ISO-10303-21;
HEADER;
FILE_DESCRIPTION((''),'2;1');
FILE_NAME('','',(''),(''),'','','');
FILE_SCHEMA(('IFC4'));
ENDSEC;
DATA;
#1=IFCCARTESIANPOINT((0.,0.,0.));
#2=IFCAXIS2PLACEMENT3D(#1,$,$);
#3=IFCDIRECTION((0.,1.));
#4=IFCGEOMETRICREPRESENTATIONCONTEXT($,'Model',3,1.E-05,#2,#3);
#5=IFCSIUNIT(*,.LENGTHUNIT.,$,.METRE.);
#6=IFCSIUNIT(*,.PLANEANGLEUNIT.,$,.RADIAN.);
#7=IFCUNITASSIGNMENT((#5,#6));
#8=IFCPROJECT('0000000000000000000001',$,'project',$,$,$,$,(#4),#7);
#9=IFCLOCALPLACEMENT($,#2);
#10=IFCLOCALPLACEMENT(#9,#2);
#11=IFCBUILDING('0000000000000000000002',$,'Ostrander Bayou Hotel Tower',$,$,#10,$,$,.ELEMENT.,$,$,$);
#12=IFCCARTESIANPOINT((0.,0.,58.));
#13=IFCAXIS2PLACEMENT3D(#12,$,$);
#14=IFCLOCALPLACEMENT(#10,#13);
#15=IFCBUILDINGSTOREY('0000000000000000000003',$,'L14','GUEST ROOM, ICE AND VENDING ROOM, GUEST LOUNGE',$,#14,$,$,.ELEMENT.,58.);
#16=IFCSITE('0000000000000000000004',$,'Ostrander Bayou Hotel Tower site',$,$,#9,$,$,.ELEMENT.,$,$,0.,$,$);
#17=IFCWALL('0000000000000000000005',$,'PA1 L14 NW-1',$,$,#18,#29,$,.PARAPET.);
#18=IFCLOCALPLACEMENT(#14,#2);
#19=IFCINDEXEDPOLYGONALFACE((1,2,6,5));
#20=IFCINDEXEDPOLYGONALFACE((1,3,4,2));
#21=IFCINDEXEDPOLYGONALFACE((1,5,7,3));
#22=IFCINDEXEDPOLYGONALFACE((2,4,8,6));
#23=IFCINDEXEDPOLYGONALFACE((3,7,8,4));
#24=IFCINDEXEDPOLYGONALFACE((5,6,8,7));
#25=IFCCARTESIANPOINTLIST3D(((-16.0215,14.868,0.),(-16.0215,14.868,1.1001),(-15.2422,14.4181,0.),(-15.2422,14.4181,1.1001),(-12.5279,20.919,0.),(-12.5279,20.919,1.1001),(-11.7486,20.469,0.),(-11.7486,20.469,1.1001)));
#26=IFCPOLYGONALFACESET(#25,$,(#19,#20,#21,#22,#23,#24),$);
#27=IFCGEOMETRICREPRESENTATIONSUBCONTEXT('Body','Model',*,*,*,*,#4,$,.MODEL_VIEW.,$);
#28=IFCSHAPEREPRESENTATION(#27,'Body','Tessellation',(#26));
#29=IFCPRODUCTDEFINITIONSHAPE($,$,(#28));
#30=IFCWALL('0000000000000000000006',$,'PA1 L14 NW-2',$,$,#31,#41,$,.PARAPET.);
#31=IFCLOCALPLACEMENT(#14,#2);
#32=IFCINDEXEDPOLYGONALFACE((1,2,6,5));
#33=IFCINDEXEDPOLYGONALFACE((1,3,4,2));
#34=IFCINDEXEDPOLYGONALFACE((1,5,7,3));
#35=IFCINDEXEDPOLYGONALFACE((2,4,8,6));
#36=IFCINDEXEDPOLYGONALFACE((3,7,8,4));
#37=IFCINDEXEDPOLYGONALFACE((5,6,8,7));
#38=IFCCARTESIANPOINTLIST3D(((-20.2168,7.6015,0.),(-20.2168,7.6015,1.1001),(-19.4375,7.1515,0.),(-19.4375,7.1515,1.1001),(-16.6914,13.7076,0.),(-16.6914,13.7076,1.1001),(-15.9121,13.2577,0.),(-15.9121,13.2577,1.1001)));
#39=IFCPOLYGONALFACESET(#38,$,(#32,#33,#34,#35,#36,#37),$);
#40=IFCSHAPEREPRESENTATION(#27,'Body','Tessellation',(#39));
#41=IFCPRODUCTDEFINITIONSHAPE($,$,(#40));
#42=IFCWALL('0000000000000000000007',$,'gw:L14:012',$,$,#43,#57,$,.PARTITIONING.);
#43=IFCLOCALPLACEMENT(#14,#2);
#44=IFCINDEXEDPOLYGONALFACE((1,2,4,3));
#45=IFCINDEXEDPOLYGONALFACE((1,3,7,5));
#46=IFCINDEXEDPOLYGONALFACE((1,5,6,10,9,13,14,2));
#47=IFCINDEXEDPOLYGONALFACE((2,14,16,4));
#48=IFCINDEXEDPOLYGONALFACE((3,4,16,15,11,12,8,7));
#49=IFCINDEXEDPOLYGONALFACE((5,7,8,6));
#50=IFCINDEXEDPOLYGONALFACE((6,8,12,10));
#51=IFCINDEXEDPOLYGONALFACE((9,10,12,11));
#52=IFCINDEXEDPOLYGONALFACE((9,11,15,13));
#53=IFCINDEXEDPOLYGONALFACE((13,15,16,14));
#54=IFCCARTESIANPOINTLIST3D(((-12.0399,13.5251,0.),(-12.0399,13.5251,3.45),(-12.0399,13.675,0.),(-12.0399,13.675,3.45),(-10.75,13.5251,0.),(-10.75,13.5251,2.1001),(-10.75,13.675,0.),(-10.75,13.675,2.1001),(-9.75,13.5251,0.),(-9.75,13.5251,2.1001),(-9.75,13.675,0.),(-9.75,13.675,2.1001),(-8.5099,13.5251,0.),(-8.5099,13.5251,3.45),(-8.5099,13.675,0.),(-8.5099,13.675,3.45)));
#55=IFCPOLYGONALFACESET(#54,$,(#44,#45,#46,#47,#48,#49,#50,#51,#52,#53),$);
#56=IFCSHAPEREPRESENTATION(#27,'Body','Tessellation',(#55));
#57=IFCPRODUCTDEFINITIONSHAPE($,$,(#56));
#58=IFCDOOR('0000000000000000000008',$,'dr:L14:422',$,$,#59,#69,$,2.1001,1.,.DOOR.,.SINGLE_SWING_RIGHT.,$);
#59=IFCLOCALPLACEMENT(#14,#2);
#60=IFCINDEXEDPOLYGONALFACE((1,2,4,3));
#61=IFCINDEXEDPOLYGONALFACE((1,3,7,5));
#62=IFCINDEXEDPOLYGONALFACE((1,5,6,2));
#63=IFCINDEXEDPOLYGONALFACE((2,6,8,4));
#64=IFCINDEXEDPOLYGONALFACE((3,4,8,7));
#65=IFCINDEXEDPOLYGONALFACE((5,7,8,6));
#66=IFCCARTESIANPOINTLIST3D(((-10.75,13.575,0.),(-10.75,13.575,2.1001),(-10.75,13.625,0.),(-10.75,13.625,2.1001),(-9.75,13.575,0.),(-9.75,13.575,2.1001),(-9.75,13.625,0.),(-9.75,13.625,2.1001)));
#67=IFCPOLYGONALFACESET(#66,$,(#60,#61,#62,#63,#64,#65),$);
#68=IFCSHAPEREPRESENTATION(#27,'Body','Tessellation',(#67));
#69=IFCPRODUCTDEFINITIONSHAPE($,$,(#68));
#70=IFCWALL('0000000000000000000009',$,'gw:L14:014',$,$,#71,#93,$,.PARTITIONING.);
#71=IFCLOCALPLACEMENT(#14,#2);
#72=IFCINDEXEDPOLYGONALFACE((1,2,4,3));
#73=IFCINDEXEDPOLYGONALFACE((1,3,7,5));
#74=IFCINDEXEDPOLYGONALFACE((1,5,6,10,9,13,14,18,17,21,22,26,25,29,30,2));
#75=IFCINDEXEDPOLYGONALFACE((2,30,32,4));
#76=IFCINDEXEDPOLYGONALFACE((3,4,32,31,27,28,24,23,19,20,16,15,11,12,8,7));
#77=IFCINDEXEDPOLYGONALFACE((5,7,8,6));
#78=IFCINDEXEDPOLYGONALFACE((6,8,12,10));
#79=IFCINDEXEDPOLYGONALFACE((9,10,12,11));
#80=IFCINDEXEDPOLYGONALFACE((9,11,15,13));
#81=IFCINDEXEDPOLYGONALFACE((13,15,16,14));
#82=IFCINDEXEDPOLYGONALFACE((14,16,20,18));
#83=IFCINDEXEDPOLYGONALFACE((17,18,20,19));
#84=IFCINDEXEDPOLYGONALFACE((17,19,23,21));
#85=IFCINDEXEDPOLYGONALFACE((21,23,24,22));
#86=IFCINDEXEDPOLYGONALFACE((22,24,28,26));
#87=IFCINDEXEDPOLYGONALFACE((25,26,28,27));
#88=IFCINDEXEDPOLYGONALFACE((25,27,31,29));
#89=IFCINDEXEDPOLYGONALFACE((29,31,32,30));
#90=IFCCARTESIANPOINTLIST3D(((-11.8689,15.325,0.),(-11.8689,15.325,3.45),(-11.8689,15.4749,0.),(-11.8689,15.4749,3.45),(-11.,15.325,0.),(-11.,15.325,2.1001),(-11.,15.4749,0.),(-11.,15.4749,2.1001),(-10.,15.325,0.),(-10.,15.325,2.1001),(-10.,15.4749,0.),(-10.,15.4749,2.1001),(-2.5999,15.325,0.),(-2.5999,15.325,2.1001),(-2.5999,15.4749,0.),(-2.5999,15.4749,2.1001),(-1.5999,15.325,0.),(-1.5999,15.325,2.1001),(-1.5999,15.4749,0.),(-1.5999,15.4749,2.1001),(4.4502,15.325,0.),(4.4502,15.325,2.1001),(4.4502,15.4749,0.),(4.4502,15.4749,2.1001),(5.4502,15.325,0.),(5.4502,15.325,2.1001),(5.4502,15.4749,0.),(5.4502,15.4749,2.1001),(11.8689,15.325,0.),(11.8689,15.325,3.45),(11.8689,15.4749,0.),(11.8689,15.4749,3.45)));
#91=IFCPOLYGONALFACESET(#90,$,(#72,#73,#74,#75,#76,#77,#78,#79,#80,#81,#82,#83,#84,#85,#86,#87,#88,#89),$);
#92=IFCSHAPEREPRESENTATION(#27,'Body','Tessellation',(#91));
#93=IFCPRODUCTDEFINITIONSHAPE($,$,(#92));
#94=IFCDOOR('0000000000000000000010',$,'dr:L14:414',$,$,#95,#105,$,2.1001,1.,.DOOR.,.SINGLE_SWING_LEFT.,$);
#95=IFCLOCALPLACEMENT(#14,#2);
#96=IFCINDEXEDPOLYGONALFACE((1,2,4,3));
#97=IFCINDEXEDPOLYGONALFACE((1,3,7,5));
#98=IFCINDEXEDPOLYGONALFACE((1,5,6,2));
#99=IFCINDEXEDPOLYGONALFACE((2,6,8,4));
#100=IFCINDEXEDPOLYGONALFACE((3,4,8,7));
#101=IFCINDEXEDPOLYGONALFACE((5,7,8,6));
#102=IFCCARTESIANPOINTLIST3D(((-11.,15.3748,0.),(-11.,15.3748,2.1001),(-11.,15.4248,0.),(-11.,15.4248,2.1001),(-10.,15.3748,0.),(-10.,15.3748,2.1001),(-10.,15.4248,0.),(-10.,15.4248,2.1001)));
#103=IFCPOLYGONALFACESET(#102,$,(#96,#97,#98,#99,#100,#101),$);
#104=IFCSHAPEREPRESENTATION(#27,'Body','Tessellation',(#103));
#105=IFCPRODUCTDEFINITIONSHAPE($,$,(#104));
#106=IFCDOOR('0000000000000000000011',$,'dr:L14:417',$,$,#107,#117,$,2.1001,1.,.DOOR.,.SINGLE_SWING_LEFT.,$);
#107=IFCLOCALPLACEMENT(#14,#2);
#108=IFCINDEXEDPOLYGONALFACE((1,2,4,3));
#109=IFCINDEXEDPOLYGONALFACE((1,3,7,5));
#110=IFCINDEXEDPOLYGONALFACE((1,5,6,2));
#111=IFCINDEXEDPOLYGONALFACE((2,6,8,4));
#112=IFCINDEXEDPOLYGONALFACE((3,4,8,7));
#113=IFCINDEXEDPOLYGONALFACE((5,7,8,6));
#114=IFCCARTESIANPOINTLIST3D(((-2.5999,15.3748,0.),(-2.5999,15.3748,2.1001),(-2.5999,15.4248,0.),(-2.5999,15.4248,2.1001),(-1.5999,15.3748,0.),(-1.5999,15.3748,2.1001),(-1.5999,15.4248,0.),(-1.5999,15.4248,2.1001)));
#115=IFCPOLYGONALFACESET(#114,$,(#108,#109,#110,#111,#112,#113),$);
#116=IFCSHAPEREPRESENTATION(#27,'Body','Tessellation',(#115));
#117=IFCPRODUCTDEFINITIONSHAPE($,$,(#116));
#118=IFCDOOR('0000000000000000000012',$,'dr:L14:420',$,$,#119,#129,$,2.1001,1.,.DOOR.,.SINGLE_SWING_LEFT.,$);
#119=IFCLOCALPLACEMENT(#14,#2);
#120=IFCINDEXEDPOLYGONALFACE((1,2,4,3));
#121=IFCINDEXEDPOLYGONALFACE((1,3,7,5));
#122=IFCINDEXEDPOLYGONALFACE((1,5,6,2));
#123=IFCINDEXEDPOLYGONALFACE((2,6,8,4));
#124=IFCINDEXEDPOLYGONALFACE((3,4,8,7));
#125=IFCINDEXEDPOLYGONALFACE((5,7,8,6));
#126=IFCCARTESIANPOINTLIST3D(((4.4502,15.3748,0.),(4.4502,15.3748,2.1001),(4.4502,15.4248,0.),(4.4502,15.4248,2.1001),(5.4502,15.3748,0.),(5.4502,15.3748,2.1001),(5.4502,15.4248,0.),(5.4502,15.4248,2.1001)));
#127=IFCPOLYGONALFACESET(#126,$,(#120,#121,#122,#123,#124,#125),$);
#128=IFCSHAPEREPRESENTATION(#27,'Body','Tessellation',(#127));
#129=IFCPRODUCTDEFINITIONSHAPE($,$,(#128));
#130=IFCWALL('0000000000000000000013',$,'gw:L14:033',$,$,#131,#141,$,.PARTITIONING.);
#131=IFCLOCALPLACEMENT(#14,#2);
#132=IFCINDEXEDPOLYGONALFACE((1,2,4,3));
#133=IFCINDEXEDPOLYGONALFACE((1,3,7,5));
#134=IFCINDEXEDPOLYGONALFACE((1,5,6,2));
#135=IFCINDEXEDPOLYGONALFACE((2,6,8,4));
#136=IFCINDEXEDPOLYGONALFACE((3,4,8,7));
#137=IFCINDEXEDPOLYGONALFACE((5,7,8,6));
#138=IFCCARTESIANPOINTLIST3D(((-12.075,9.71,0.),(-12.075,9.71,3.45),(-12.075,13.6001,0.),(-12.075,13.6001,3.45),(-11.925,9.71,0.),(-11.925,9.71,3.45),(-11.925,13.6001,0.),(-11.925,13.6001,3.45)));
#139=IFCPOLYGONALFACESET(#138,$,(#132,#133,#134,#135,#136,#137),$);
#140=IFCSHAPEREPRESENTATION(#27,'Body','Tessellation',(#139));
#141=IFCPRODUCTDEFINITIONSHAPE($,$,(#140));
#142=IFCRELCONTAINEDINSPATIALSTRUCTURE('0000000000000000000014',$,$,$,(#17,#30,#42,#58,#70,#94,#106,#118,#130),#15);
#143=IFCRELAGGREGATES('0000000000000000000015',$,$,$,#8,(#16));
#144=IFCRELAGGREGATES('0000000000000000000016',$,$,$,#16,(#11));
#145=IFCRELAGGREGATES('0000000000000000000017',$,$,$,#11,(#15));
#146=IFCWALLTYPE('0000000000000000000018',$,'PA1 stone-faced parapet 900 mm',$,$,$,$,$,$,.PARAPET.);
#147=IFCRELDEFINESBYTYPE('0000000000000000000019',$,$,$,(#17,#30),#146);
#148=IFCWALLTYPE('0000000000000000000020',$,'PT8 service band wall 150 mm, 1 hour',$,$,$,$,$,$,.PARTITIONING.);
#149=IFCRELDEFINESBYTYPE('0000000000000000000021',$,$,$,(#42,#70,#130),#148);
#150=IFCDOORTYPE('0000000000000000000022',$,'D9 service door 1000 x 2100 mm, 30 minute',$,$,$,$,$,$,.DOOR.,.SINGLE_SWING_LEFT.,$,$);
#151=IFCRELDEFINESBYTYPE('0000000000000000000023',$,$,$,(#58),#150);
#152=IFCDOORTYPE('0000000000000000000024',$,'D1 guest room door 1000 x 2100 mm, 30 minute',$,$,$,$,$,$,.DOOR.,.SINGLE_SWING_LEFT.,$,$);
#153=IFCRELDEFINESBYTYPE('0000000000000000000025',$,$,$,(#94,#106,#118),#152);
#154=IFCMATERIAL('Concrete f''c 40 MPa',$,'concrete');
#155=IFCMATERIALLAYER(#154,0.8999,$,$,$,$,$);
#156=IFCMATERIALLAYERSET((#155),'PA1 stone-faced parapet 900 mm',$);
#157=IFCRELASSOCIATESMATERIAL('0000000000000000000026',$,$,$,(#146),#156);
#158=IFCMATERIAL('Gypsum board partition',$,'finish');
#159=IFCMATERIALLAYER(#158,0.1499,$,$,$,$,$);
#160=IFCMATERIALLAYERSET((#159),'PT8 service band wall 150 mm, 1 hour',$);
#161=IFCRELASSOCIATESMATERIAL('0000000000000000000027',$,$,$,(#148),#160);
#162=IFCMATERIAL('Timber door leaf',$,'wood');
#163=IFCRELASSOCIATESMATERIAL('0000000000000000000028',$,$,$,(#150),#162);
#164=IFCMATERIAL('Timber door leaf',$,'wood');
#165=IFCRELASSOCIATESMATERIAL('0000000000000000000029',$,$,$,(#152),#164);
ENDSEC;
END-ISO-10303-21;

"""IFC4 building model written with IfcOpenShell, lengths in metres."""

from ifc_helpers import new_model, si_unit, direction, frame, frame_2d, origin, place, context, subcontext, project, spatial, rectangle, extrude, material, layer, layer_set, type_object, element, fill, save


model = new_model("IFC4")

# Units and contexts
model_context = context("Model", 3, precision=1e-05, world=origin(), true_north=direction((0.0, 1.0)))
body_context = subcontext(model_context, "Body", "Model", "MODEL_VIEW")
ifc_project = project(units=[si_unit("LENGTHUNIT", "METRE"), si_unit("PLANEANGLEUNIT", "RADIAN")], contexts=[model_context])

# Site, building, storey
site_placement = place(None, origin())
site = spatial("IfcSite", under=ifc_project, at=site_placement, Name="Ostrander Bayou Hotel Tower site", CompositionType="ELEMENT", RefElevation=0.0)
building_placement = place(site_placement, origin())
building = spatial("IfcBuilding", under=site, at=building_placement, Name="Ostrander Bayou Hotel Tower", CompositionType="ELEMENT")
storey_placement = place(building_placement, frame((0.0, 0.0, 58.0)))
storey = spatial("IfcBuildingStorey", under=building, at=storey_placement, Name="L14", Description="GUEST ROOM, ICE AND VENDING ROOM, GUEST LOUNGE", CompositionType="ELEMENT", Elevation=58.0)

# Walls
ifc_material_1 = material(Name="Concrete f'c 40 MPa", Category="concrete")
ifc_layer_1 = layer(ifc_material_1, 0.8999)
ifc_layer_set_1 = layer_set([ifc_layer_1], Name="PA1 stone-faced parapet 900 mm")
wall_type_1 = type_object("IfcWallType", Name="PA1 stone-faced parapet 900 mm", PredefinedType="PARAPET", material=ifc_layer_set_1)
wall_1_placement = place(storey_placement, frame((-12.1382, 20.6941, 0.0), z_axis=(0.0, 0.0, 1.0), x_axis=(-0.50001, -0.86602, 0.0)))
element("IfcWall", 1, at=wall_1_placement, inside=storey, type_object=wall_type_1, Name="PA1 L14 NW-1", PredefinedType="PARAPET", context=body_context, shape_type="SweptSolid", body=[
    extrude(rectangle(XDim=6.9871, YDim=0.8999, at=frame_2d((3.4937, 0.0))), origin(), (0.0, 0.0, 1.0), 1.1001),
])
wall_2_placement = place(storey_placement, frame((-16.3018, 13.4827, 0.0), z_axis=(0.0, 0.0, 1.0), x_axis=(-0.499997, -0.866027, 0.0)))
element("IfcWall", 2, at=wall_2_placement, inside=storey, type_object=wall_type_1, Name="PA1 L14 NW-2", PredefinedType="PARAPET", context=body_context, shape_type="SweptSolid", body=[
    extrude(rectangle(XDim=7.0508, YDim=0.8999, at=frame_2d((3.5254, 0.0))), origin(), (0.0, 0.0, 1.0), 1.1001),
])

# Wall, opening, door
ifc_material_2 = material(Name="Gypsum board partition", Category="finish")
ifc_layer_2 = layer(ifc_material_2, 0.1499)
ifc_layer_set_2 = layer_set([ifc_layer_2], Name="PT8 service band wall 150 mm, 1 hour")
wall_type_2 = type_object("IfcWallType", Name="PT8 service band wall 150 mm, 1 hour", PredefinedType="PARTITIONING", material=ifc_layer_set_2)
wall_3_placement = place(storey_placement, frame((-12.04, 13.6001, 0.0), z_axis=(0.0, 0.0, 1.0), x_axis=(1.0, 0.0, 0.0)))
wall_3 = element("IfcWall", 3, at=wall_3_placement, inside=storey, type_object=wall_type_2, Name="gw:L14:012", PredefinedType="PARTITIONING", context=body_context, shape_type="SweptSolid", body=[
    extrude(rectangle(XDim=3.53, YDim=0.1499, at=frame_2d((1.7651, 0.0))), origin(), (0.0, 0.0, 1.0), 3.45),
])
opening_1_placement = place(wall_3_placement, frame((1.29, 0.0, 0.0)))
opening_1 = element("IfcOpeningElement", 4, at=opening_1_placement, cuts=wall_3, PredefinedType="OPENING", context=body_context, shape_type="SweptSolid", body=[
    extrude(rectangle(XDim=1.0, YDim=2.1001, at=frame_2d((0.5, 1.05))), frame((0.0, 0.075, 0.0), z_axis=(0.0, -1.0, 0.0), x_axis=(1.0, 0.0, 0.0)), (0.0, 0.0, 1.0), 0.1499),
])
ifc_material_3 = material(Name="Timber door leaf", Category="wood")
door_type_1 = type_object("IfcDoorType", Name="D9 service door 1000 x 2100 mm, 30 minute", OperationType="SINGLE_SWING_LEFT", PredefinedType="DOOR", material=ifc_material_3)
door_1_placement = place(opening_1_placement, origin())
door_1 = element("IfcDoor", 5, at=door_1_placement, inside=storey, type_object=door_type_1, Name="dr:L14:422", OperationType="SINGLE_SWING_RIGHT", OverallHeight=2.1001, OverallWidth=1.0, PredefinedType="DOOR", context=body_context, shape_type="SweptSolid", body=[
    extrude(rectangle(XDim=1.0, YDim=2.1001, at=frame_2d((0.5, 1.05))), frame((0.0, 0.0249, 0.0), z_axis=(0.0, -1.0, 0.0), x_axis=(1.0, 0.0, 0.0)), (0.0, 0.0, 1.0), 0.05),
])
fill(opening_1, door_1)

# Wall, openings, doors
wall_4_placement = place(storey_placement, frame((-11.8689, 15.3999, 0.0), z_axis=(0.0, 0.0, 1.0), x_axis=(1.0, 0.0, 0.0)))
wall_4 = element("IfcWall", 6, at=wall_4_placement, inside=storey, type_object=wall_type_2, Name="gw:L14:014", PredefinedType="PARTITIONING", context=body_context, shape_type="SweptSolid", body=[
    extrude(rectangle(XDim=23.7378, YDim=0.1499, at=frame_2d((11.8689, 0.0))), origin(), (0.0, 0.0, 1.0), 3.45),
])
opening_2_placement = place(wall_4_placement, frame((0.8689, 0.0, 0.0)))
opening_2 = element("IfcOpeningElement", 7, at=opening_2_placement, cuts=wall_4, PredefinedType="OPENING", context=body_context, shape_type="SweptSolid", body=[
    extrude(rectangle(XDim=1.0, YDim=2.1001, at=frame_2d((0.5, 1.05))), frame((0.0, 0.075, 0.0), z_axis=(0.0, -1.0, 0.0), x_axis=(1.0, 0.0, 0.0)), (0.0, 0.0, 1.0), 0.1499),
])
opening_3_placement = place(wall_4_placement, frame((9.269, 0.0, 0.0)))
opening_3 = element("IfcOpeningElement", 8, at=opening_3_placement, cuts=wall_4, PredefinedType="OPENING", context=body_context, shape_type="SweptSolid", body=[
    extrude(rectangle(XDim=1.0, YDim=2.1001, at=frame_2d((0.5, 1.05))), frame((0.0, 0.075, 0.0), z_axis=(0.0, -1.0, 0.0), x_axis=(1.0, 0.0, 0.0)), (0.0, 0.0, 1.0), 0.1499),
])
opening_4_placement = place(wall_4_placement, frame((16.3191, 0.0, 0.0)))
opening_4 = element("IfcOpeningElement", 9, at=opening_4_placement, cuts=wall_4, PredefinedType="OPENING", context=body_context, shape_type="SweptSolid", body=[
    extrude(rectangle(XDim=1.0, YDim=2.1001, at=frame_2d((0.5, 1.05))), frame((0.0, 0.075, 0.0), z_axis=(0.0, -1.0, 0.0), x_axis=(1.0, 0.0, 0.0)), (0.0, 0.0, 1.0), 0.1499),
])
ifc_material_4 = material(Name="Timber door leaf", Category="wood")
door_type_2 = type_object("IfcDoorType", Name="D1 guest room door 1000 x 2100 mm, 30 minute", OperationType="SINGLE_SWING_LEFT", PredefinedType="DOOR", material=ifc_material_4)
door_2_placement = place(opening_2_placement, origin())
door_2 = element("IfcDoor", 10, at=door_2_placement, inside=storey, type_object=door_type_2, Name="dr:L14:414", OperationType="SINGLE_SWING_LEFT", OverallHeight=2.1001, OverallWidth=1.0, PredefinedType="DOOR", context=body_context, shape_type="SweptSolid", body=[
    extrude(rectangle(XDim=1.0, YDim=2.1001, at=frame_2d((0.5, 1.05))), frame((0.0, 0.0249, 0.0), z_axis=(0.0, -1.0, 0.0), x_axis=(1.0, 0.0, 0.0)), (0.0, 0.0, 1.0), 0.05),
])
fill(opening_2, door_2)
door_3_placement = place(opening_3_placement, origin())
door_3 = element("IfcDoor", 11, at=door_3_placement, inside=storey, type_object=door_type_2, Name="dr:L14:417", OperationType="SINGLE_SWING_LEFT", OverallHeight=2.1001, OverallWidth=1.0, PredefinedType="DOOR", context=body_context, shape_type="SweptSolid", body=[
    extrude(rectangle(XDim=1.0, YDim=2.1001, at=frame_2d((0.5, 1.05))), frame((0.0, 0.0249, 0.0), z_axis=(0.0, -1.0, 0.0), x_axis=(1.0, 0.0, 0.0)), (0.0, 0.0, 1.0), 0.05),
])
fill(opening_3, door_3)
door_4_placement = place(opening_4_placement, origin())
door_4 = element("IfcDoor", 12, at=door_4_placement, inside=storey, type_object=door_type_2, Name="dr:L14:420", OperationType="SINGLE_SWING_LEFT", OverallHeight=2.1001, OverallWidth=1.0, PredefinedType="DOOR", context=body_context, shape_type="SweptSolid", body=[
    extrude(rectangle(XDim=1.0, YDim=2.1001, at=frame_2d((0.5, 1.05))), frame((0.0, 0.0249, 0.0), z_axis=(0.0, -1.0, 0.0), x_axis=(1.0, 0.0, 0.0)), (0.0, 0.0, 1.0), 0.05),
])
fill(opening_4, door_4)

# Wall
wall_5_placement = place(storey_placement, frame((-12.0, 9.71, 0.0), z_axis=(0.0, 0.0, 1.0), x_axis=(0.0, 1.0, 0.0)))
element("IfcWall", 13, at=wall_5_placement, inside=storey, type_object=wall_type_2, Name="gw:L14:033", PredefinedType="PARTITIONING", context=body_context, shape_type="SweptSolid", body=[
    extrude(rectangle(XDim=3.8901, YDim=0.1499, at=frame_2d((1.9451, 0.0))), origin(), (0.0, 0.0, 1.0), 3.45),
])

save(model, "model.ifc")
